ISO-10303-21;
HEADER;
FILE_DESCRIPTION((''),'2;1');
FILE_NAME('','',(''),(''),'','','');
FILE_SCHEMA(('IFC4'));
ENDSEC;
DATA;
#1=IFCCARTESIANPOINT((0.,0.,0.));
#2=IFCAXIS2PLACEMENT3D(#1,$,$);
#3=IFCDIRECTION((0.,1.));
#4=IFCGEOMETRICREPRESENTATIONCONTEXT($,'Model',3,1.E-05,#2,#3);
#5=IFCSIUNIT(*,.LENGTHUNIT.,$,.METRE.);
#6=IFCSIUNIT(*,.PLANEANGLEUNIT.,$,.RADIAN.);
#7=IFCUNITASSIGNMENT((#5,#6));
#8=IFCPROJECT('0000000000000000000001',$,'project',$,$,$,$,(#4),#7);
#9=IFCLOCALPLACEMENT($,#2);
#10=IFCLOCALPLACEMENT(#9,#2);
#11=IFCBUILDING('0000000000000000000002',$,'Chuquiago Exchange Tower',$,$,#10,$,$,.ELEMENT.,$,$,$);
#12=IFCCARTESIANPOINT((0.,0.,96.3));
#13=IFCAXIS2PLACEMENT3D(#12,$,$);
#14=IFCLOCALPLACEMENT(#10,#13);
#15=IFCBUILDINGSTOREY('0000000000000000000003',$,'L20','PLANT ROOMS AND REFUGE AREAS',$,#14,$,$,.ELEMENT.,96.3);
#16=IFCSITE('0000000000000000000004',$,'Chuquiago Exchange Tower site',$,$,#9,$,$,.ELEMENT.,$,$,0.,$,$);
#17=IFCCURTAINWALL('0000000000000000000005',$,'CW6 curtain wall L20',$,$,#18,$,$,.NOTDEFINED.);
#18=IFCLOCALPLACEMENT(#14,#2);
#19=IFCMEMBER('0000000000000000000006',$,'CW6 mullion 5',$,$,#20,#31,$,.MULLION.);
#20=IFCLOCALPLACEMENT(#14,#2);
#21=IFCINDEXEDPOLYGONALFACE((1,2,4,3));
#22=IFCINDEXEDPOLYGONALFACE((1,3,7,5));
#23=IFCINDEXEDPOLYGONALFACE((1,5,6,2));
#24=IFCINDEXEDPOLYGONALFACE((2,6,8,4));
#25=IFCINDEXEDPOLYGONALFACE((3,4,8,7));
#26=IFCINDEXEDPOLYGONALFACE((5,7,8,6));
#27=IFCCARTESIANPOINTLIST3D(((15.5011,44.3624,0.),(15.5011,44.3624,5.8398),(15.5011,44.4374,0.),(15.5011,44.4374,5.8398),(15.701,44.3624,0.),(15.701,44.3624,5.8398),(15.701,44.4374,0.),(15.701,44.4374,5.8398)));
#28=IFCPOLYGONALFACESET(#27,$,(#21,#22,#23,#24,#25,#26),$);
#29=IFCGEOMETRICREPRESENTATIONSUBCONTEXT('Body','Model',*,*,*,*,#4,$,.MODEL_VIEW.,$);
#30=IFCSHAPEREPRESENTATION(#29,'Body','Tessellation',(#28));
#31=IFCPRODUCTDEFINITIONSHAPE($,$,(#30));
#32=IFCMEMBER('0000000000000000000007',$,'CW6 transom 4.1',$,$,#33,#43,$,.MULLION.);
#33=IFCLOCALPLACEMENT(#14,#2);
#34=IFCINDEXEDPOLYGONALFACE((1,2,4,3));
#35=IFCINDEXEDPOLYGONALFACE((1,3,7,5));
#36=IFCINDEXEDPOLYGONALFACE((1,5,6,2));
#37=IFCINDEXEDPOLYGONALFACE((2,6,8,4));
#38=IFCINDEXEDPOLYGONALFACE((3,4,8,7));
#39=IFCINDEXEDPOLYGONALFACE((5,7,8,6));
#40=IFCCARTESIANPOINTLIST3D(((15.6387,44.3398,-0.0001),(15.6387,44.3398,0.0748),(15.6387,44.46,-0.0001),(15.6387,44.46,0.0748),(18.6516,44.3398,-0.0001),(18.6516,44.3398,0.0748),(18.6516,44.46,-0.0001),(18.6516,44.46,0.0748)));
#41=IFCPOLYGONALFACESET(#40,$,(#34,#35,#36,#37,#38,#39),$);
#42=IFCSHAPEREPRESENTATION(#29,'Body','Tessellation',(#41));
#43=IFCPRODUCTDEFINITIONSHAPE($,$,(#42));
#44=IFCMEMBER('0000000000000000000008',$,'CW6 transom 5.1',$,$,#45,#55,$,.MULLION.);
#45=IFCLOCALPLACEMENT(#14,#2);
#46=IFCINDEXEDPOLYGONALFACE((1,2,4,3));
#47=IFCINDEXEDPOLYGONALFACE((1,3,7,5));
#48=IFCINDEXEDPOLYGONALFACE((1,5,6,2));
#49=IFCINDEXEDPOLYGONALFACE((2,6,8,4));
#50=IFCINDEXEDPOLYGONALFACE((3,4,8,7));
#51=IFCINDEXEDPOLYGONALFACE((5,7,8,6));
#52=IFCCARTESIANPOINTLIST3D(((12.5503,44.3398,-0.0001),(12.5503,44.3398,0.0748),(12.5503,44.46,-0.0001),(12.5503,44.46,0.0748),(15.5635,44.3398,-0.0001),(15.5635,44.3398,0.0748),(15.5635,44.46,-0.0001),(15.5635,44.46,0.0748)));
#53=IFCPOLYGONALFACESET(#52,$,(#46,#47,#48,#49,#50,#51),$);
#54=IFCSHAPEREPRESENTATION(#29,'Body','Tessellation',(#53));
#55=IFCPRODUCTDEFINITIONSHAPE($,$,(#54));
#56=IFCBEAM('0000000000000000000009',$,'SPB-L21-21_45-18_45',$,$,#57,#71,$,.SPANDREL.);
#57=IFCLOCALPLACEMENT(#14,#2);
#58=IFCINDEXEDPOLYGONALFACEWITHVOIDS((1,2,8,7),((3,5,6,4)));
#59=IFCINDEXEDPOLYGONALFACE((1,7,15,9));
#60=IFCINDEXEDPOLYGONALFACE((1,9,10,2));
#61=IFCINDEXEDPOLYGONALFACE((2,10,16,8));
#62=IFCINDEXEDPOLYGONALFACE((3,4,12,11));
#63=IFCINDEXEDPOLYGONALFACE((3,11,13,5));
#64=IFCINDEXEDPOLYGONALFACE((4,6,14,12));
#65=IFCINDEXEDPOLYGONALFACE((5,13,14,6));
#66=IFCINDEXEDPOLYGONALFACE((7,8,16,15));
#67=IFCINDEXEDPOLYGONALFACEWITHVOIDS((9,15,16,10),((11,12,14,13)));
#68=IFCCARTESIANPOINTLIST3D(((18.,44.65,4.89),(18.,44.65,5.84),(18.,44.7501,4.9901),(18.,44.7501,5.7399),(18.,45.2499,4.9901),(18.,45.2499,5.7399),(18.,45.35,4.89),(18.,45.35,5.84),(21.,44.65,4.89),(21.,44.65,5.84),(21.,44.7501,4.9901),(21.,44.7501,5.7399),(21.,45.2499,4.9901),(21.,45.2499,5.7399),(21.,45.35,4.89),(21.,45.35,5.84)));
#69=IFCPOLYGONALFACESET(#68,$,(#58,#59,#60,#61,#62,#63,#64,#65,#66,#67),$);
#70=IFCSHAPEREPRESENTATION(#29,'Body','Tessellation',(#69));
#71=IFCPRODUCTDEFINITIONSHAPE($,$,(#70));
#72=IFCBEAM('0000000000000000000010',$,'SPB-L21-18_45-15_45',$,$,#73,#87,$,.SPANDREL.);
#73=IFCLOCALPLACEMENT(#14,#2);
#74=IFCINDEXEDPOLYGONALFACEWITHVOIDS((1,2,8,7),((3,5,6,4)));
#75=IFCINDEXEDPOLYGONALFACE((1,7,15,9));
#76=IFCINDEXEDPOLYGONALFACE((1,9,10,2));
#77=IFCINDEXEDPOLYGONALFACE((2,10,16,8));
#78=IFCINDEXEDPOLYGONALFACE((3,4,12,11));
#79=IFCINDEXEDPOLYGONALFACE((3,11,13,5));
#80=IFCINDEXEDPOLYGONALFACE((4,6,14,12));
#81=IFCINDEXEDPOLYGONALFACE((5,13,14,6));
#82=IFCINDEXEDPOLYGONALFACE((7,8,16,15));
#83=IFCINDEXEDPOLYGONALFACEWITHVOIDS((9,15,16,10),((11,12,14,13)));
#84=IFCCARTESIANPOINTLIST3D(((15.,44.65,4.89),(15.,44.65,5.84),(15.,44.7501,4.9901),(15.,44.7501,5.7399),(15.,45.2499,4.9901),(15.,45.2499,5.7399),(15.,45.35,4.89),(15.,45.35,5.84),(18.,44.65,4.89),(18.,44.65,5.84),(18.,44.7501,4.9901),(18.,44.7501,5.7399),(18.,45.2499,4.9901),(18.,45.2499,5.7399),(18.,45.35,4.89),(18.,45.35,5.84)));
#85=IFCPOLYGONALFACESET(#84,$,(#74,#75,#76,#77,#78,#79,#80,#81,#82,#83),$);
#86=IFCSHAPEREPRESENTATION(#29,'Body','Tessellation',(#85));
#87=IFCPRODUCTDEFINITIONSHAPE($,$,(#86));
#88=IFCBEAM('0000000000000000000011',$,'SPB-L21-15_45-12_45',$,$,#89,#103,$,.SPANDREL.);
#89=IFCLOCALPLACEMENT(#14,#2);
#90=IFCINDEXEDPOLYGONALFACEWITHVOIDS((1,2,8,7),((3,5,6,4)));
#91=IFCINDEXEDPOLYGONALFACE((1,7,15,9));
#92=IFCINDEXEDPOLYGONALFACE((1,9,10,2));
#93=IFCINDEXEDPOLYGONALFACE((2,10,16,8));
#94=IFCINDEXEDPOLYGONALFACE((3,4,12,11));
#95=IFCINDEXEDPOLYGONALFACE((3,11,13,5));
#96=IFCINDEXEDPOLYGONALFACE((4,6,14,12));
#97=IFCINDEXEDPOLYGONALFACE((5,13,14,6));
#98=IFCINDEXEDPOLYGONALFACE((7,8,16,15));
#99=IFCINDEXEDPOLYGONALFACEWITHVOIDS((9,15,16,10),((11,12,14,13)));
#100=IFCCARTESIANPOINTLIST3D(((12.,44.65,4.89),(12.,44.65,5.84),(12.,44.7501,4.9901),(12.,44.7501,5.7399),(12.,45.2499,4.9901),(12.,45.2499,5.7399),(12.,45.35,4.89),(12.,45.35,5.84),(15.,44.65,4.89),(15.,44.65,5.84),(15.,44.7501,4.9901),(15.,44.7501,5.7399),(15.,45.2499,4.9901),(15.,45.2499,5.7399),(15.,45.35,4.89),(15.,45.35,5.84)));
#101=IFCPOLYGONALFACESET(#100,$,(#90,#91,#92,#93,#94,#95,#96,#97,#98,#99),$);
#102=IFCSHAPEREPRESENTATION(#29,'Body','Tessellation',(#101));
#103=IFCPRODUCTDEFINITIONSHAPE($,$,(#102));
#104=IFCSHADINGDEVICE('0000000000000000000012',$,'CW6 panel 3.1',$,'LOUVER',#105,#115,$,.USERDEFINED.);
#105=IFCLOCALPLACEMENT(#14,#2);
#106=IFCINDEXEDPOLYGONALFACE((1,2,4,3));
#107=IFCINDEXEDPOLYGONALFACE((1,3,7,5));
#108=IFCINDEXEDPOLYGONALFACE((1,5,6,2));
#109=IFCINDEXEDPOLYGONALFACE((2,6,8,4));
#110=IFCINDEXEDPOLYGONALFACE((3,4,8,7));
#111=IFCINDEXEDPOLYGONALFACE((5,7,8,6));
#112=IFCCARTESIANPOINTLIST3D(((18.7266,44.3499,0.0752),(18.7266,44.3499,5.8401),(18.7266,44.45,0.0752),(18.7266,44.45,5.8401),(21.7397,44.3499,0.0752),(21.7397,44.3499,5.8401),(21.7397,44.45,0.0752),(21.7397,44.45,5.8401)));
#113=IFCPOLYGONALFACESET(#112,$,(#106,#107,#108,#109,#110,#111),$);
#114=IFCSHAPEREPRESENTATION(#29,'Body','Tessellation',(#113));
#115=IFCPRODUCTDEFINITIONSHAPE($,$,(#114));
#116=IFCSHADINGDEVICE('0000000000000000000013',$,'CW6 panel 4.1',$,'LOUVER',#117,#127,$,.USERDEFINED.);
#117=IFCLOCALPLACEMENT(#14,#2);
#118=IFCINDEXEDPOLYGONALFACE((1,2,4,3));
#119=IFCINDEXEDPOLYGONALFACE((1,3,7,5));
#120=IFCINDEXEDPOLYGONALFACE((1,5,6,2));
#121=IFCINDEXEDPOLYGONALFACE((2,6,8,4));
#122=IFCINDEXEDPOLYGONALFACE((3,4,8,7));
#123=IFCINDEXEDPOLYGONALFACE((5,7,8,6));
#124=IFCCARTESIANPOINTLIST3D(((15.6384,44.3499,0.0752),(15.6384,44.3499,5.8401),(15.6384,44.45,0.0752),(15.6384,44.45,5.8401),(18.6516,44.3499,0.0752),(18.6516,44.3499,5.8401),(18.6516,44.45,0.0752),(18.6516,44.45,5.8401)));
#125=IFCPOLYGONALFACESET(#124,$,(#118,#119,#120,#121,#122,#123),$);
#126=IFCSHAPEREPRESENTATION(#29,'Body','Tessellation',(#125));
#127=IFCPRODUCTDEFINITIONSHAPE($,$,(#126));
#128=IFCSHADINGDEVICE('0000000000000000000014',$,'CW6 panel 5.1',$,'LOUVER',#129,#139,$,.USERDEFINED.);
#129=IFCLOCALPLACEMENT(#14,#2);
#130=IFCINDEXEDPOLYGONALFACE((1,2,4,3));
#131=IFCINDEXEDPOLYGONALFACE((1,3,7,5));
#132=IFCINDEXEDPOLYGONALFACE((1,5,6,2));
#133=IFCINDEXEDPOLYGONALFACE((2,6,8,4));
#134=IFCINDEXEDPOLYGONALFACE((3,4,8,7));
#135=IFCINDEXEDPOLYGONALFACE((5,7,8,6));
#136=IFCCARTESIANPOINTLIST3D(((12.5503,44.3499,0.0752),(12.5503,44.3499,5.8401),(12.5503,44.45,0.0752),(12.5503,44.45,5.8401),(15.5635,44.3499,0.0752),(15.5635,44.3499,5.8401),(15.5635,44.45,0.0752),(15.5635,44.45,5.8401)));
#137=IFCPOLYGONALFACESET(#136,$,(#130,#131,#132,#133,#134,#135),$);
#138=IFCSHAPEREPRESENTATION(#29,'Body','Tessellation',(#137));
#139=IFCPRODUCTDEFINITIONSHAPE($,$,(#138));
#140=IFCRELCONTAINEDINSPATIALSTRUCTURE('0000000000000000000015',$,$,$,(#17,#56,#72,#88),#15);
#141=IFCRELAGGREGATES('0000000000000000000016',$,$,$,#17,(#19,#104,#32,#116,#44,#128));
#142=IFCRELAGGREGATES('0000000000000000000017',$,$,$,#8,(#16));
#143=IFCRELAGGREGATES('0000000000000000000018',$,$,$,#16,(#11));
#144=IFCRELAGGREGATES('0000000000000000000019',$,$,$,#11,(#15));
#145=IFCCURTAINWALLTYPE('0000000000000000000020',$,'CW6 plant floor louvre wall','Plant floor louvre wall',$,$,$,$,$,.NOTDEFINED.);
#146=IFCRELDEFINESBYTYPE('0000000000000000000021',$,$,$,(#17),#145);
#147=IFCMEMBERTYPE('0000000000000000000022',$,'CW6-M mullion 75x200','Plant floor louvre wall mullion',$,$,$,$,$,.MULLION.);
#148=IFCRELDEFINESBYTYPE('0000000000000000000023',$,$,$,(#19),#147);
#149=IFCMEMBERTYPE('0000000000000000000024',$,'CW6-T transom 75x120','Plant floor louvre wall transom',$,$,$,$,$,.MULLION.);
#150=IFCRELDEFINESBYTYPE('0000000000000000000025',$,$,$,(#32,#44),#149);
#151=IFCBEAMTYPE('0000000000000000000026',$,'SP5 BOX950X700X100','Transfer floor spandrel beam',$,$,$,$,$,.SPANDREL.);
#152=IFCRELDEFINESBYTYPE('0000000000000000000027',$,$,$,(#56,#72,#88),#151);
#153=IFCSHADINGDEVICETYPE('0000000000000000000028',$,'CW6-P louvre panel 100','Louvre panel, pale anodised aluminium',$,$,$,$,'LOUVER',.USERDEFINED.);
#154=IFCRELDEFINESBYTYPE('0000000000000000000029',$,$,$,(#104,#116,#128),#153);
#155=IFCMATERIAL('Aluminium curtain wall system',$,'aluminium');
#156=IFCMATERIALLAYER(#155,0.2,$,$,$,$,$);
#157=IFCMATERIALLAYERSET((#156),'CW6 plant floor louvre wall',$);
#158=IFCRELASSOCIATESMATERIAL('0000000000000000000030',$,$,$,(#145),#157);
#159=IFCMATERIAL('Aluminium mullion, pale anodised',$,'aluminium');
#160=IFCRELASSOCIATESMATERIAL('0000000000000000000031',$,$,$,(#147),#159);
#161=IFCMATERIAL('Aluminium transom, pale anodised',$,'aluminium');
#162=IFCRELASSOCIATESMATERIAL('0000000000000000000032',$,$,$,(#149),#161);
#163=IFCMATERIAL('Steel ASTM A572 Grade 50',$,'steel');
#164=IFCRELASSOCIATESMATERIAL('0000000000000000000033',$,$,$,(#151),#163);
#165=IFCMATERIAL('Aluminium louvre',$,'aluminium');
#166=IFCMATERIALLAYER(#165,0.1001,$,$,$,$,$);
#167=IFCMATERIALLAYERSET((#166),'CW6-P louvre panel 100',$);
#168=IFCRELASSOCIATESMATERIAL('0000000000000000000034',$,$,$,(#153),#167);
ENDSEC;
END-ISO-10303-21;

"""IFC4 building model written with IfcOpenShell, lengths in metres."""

from ifc_helpers import new_model, si_unit, direction, frame, origin, origin_2d, place, context, subcontext, project, spatial, rectangle, hollow_rectangle, extrude, material, layer, layer_set, material_profile, profile_set, type_object, element, aggregate, save


model = new_model("IFC4")

# Units and contexts
model_context = context("Model", 3, precision=1e-05, world=origin(), true_north=direction((0.0, 1.0)))
body_context = subcontext(model_context, "Body", "Model", "MODEL_VIEW")
ifc_project = project(units=[si_unit("LENGTHUNIT", "METRE"), si_unit("PLANEANGLEUNIT", "RADIAN")], contexts=[model_context])

# Site, building, storey
site_placement = place(None, origin())
site = spatial("IfcSite", under=ifc_project, at=site_placement, Name="Chuquiago Exchange Tower site", CompositionType="ELEMENT", RefElevation=0.0)
building_placement = place(site_placement, origin())
building = spatial("IfcBuilding", under=site, at=building_placement, Name="Chuquiago Exchange Tower", CompositionType="ELEMENT")
storey_placement = place(building_placement, frame((0.0, 0.0, 96.3)))
storey = spatial("IfcBuildingStorey", under=building, at=storey_placement, Name="L20", Description="PLANT ROOMS AND REFUGE AREAS", CompositionType="ELEMENT", Elevation=96.3)

# Curtain wall, members
ifc_material_1 = material(Name="Aluminium curtain wall system", Category="aluminium")
ifc_layer_1 = layer(ifc_material_1, 0.2)
ifc_layer_set_1 = layer_set([ifc_layer_1], Name="CW6 plant floor louvre wall")
curtain_wall_type = type_object("IfcCurtainWallType", Name="CW6 plant floor louvre wall", Description="Plant floor louvre wall", PredefinedType="NOTDEFINED", material=ifc_layer_set_1)
curtain_wall_placement = place(storey_placement, origin())
curtain_wall = element("IfcCurtainWall", 1, at=curtain_wall_placement, inside=storey, type_object=curtain_wall_type, Name="CW6 curtain wall L20", PredefinedType="NOTDEFINED")
ifc_material_2 = material(Name="Aluminium mullion, pale anodised", Category="aluminium")
ifc_material_profile_1 = material_profile(ifc_material_2, rectangle(XDim=0.075, YDim=0.2, at=origin_2d()), Name="AL 75x200")
ifc_profile_set_1 = profile_set([ifc_material_profile_1], Name="Aluminium mullion, pale anodised")
member_type_1 = type_object("IfcMemberType", Name="CW6-M mullion 75x200", Description="Plant floor louvre wall mullion", PredefinedType="MULLION", material=ifc_profile_set_1)
member_1_placement = place(storey_placement, frame((15.6011, 44.3999, 0.0), z_axis=(0.0, 0.0, 1.0), x_axis=(0.0, -1.0, 0.0)))
member_1 = element("IfcMember", 2, at=member_1_placement, type_object=member_type_1, Name="CW6 mullion 5", PredefinedType="MULLION", context=body_context, shape_type="SweptSolid", body=[
    extrude(rectangle(XDim=0.075, YDim=0.2, at=origin_2d()), origin(), (0.0, 0.0, 1.0), 5.8398),
])
ifc_material_3 = material(Name="Aluminium transom, pale anodised", Category="aluminium")
ifc_material_profile_2 = material_profile(ifc_material_3, rectangle(XDim=0.1201, YDim=0.075, at=origin_2d()), Name="AL 120x75")
ifc_profile_set_2 = profile_set([ifc_material_profile_2], Name="Aluminium transom, pale anodised")
member_type_2 = type_object("IfcMemberType", Name="CW6-T transom 75x120", Description="Plant floor louvre wall transom", PredefinedType="MULLION", material=ifc_profile_set_2)
member_2_placement = place(storey_placement, frame((18.6516, 44.3999, 0.0374), z_axis=(-1.0, 0.0, 0.0), x_axis=(0.0, -1.0, 0.0)))
member_2 = element("IfcMember", 3, at=member_2_placement, type_object=member_type_2, Name="CW6 transom 4.1", PredefinedType="MULLION", context=body_context, shape_type="SweptSolid", body=[
    extrude(rectangle(XDim=0.1201, YDim=0.075, at=origin_2d()), origin(), (0.0, 0.0, 1.0), 3.0129),
])
member_3_placement = place(storey_placement, frame((15.5635, 44.3999, 0.0374), z_axis=(-1.0, 0.0, 0.0), x_axis=(0.0, -1.0, 0.0)))
member_3 = element("IfcMember", 4, at=member_3_placement, type_object=member_type_2, Name="CW6 transom 5.1", PredefinedType="MULLION", context=body_context, shape_type="SweptSolid", body=[
    extrude(rectangle(XDim=0.1201, YDim=0.075, at=origin_2d()), origin(), (0.0, 0.0, 1.0), 3.0132),
])

# Beams
ifc_material_4 = material(Name="Steel ASTM A572 Grade 50", Category="steel")
ifc_material_profile_3 = material_profile(ifc_material_4, hollow_rectangle(XDim=0.7, YDim=0.95, WallThickness=0.1001, at=origin_2d()), Name="BOX950X700X100")
ifc_profile_set_3 = profile_set([ifc_material_profile_3], Name="Steel ASTM A572 Grade 50")
beam_type_1 = type_object("IfcBeamType", Name="SP5 BOX950X700X100", Description="Transfer floor spandrel beam", PredefinedType="SPANDREL", material=ifc_profile_set_3)
for number, where, z_axis, x_axis, name in (
    (5, (21.0, 45.0, 5.365), (-1.0, 0.0, 0.0), (0.0, -1.0, 0.0), "SPB-L21-21_45-18_45"),
    (6, (18.0, 45.0, 5.365), (-1.0, 0.0, 0.0), (0.0, -1.0, 0.0), "SPB-L21-18_45-15_45"),
    (7, (15.0, 45.0, 5.365), (-1.0, 0.0, 0.0), (0.0, -1.0, 0.0), "SPB-L21-15_45-12_45"),
):
    element("IfcBeam", number, at=place(storey_placement, frame(where, z_axis=z_axis, x_axis=x_axis)), inside=storey, type_object=beam_type_1, Name=name, PredefinedType="SPANDREL", context=body_context, shape_type="SweptSolid", body=[
        extrude(hollow_rectangle(XDim=0.7, YDim=0.95, WallThickness=0.1001, at=origin_2d()), origin(), (0.0, 0.0, 1.0), 3.0),
    ])

# Shading devices
ifc_material_5 = material(Name="Aluminium louvre", Category="aluminium")
ifc_layer_2 = layer(ifc_material_5, 0.1001)
ifc_layer_set_2 = layer_set([ifc_layer_2], Name="CW6-P louvre panel 100")
shading_device_type = type_object("IfcShadingDeviceType", Name="CW6-P louvre panel 100", Description="Louvre panel, pale anodised aluminium", ElementType="LOUVER", PredefinedType="USERDEFINED", material=ifc_layer_set_2)
shading_device_1_placement = place(storey_placement, frame((20.2332, 44.3999, 0.0752), z_axis=(0.0, 0.0, 1.0), x_axis=(-1.0, 0.0, 0.0)))
shading_device_1 = element("IfcShadingDevice", 8, at=shading_device_1_placement, type_object=shading_device_type, Name="CW6 panel 3.1", ObjectType="LOUVER", PredefinedType="USERDEFINED", context=body_context, shape_type="SweptSolid", body=[
    extrude(rectangle(XDim=3.0132, YDim=0.1001, at=origin_2d()), origin(), (0.0, 0.0, 1.0), 5.7649),
])
shading_device_2_placement = place(storey_placement, frame((17.145, 44.3999, 0.0752), z_axis=(0.0, 0.0, 1.0), x_axis=(-1.0, 0.0, 0.0)))
shading_device_2 = element("IfcShadingDevice", 9, at=shading_device_2_placement, type_object=shading_device_type, Name="CW6 panel 4.1", ObjectType="LOUVER", PredefinedType="USERDEFINED", context=body_context, shape_type="SweptSolid", body=[
    extrude(rectangle(XDim=3.0132, YDim=0.1001, at=origin_2d()), origin(), (0.0, 0.0, 1.0), 5.7649),
])
shading_device_3_placement = place(storey_placement, frame((14.0569, 44.3999, 0.0752), z_axis=(0.0, 0.0, 1.0), x_axis=(-1.0, 0.0, 0.0)))
shading_device_3 = element("IfcShadingDevice", 10, at=shading_device_3_placement, type_object=shading_device_type, Name="CW6 panel 5.1", ObjectType="LOUVER", PredefinedType="USERDEFINED", context=body_context, shape_type="SweptSolid", body=[
    extrude(rectangle(XDim=3.0132, YDim=0.1001, at=origin_2d()), origin(), (0.0, 0.0, 1.0), 5.7649),
])
aggregate(curtain_wall, [member_1, shading_device_1, member_2, shading_device_2, member_3, shading_device_3])

save(model, "model.ifc")
